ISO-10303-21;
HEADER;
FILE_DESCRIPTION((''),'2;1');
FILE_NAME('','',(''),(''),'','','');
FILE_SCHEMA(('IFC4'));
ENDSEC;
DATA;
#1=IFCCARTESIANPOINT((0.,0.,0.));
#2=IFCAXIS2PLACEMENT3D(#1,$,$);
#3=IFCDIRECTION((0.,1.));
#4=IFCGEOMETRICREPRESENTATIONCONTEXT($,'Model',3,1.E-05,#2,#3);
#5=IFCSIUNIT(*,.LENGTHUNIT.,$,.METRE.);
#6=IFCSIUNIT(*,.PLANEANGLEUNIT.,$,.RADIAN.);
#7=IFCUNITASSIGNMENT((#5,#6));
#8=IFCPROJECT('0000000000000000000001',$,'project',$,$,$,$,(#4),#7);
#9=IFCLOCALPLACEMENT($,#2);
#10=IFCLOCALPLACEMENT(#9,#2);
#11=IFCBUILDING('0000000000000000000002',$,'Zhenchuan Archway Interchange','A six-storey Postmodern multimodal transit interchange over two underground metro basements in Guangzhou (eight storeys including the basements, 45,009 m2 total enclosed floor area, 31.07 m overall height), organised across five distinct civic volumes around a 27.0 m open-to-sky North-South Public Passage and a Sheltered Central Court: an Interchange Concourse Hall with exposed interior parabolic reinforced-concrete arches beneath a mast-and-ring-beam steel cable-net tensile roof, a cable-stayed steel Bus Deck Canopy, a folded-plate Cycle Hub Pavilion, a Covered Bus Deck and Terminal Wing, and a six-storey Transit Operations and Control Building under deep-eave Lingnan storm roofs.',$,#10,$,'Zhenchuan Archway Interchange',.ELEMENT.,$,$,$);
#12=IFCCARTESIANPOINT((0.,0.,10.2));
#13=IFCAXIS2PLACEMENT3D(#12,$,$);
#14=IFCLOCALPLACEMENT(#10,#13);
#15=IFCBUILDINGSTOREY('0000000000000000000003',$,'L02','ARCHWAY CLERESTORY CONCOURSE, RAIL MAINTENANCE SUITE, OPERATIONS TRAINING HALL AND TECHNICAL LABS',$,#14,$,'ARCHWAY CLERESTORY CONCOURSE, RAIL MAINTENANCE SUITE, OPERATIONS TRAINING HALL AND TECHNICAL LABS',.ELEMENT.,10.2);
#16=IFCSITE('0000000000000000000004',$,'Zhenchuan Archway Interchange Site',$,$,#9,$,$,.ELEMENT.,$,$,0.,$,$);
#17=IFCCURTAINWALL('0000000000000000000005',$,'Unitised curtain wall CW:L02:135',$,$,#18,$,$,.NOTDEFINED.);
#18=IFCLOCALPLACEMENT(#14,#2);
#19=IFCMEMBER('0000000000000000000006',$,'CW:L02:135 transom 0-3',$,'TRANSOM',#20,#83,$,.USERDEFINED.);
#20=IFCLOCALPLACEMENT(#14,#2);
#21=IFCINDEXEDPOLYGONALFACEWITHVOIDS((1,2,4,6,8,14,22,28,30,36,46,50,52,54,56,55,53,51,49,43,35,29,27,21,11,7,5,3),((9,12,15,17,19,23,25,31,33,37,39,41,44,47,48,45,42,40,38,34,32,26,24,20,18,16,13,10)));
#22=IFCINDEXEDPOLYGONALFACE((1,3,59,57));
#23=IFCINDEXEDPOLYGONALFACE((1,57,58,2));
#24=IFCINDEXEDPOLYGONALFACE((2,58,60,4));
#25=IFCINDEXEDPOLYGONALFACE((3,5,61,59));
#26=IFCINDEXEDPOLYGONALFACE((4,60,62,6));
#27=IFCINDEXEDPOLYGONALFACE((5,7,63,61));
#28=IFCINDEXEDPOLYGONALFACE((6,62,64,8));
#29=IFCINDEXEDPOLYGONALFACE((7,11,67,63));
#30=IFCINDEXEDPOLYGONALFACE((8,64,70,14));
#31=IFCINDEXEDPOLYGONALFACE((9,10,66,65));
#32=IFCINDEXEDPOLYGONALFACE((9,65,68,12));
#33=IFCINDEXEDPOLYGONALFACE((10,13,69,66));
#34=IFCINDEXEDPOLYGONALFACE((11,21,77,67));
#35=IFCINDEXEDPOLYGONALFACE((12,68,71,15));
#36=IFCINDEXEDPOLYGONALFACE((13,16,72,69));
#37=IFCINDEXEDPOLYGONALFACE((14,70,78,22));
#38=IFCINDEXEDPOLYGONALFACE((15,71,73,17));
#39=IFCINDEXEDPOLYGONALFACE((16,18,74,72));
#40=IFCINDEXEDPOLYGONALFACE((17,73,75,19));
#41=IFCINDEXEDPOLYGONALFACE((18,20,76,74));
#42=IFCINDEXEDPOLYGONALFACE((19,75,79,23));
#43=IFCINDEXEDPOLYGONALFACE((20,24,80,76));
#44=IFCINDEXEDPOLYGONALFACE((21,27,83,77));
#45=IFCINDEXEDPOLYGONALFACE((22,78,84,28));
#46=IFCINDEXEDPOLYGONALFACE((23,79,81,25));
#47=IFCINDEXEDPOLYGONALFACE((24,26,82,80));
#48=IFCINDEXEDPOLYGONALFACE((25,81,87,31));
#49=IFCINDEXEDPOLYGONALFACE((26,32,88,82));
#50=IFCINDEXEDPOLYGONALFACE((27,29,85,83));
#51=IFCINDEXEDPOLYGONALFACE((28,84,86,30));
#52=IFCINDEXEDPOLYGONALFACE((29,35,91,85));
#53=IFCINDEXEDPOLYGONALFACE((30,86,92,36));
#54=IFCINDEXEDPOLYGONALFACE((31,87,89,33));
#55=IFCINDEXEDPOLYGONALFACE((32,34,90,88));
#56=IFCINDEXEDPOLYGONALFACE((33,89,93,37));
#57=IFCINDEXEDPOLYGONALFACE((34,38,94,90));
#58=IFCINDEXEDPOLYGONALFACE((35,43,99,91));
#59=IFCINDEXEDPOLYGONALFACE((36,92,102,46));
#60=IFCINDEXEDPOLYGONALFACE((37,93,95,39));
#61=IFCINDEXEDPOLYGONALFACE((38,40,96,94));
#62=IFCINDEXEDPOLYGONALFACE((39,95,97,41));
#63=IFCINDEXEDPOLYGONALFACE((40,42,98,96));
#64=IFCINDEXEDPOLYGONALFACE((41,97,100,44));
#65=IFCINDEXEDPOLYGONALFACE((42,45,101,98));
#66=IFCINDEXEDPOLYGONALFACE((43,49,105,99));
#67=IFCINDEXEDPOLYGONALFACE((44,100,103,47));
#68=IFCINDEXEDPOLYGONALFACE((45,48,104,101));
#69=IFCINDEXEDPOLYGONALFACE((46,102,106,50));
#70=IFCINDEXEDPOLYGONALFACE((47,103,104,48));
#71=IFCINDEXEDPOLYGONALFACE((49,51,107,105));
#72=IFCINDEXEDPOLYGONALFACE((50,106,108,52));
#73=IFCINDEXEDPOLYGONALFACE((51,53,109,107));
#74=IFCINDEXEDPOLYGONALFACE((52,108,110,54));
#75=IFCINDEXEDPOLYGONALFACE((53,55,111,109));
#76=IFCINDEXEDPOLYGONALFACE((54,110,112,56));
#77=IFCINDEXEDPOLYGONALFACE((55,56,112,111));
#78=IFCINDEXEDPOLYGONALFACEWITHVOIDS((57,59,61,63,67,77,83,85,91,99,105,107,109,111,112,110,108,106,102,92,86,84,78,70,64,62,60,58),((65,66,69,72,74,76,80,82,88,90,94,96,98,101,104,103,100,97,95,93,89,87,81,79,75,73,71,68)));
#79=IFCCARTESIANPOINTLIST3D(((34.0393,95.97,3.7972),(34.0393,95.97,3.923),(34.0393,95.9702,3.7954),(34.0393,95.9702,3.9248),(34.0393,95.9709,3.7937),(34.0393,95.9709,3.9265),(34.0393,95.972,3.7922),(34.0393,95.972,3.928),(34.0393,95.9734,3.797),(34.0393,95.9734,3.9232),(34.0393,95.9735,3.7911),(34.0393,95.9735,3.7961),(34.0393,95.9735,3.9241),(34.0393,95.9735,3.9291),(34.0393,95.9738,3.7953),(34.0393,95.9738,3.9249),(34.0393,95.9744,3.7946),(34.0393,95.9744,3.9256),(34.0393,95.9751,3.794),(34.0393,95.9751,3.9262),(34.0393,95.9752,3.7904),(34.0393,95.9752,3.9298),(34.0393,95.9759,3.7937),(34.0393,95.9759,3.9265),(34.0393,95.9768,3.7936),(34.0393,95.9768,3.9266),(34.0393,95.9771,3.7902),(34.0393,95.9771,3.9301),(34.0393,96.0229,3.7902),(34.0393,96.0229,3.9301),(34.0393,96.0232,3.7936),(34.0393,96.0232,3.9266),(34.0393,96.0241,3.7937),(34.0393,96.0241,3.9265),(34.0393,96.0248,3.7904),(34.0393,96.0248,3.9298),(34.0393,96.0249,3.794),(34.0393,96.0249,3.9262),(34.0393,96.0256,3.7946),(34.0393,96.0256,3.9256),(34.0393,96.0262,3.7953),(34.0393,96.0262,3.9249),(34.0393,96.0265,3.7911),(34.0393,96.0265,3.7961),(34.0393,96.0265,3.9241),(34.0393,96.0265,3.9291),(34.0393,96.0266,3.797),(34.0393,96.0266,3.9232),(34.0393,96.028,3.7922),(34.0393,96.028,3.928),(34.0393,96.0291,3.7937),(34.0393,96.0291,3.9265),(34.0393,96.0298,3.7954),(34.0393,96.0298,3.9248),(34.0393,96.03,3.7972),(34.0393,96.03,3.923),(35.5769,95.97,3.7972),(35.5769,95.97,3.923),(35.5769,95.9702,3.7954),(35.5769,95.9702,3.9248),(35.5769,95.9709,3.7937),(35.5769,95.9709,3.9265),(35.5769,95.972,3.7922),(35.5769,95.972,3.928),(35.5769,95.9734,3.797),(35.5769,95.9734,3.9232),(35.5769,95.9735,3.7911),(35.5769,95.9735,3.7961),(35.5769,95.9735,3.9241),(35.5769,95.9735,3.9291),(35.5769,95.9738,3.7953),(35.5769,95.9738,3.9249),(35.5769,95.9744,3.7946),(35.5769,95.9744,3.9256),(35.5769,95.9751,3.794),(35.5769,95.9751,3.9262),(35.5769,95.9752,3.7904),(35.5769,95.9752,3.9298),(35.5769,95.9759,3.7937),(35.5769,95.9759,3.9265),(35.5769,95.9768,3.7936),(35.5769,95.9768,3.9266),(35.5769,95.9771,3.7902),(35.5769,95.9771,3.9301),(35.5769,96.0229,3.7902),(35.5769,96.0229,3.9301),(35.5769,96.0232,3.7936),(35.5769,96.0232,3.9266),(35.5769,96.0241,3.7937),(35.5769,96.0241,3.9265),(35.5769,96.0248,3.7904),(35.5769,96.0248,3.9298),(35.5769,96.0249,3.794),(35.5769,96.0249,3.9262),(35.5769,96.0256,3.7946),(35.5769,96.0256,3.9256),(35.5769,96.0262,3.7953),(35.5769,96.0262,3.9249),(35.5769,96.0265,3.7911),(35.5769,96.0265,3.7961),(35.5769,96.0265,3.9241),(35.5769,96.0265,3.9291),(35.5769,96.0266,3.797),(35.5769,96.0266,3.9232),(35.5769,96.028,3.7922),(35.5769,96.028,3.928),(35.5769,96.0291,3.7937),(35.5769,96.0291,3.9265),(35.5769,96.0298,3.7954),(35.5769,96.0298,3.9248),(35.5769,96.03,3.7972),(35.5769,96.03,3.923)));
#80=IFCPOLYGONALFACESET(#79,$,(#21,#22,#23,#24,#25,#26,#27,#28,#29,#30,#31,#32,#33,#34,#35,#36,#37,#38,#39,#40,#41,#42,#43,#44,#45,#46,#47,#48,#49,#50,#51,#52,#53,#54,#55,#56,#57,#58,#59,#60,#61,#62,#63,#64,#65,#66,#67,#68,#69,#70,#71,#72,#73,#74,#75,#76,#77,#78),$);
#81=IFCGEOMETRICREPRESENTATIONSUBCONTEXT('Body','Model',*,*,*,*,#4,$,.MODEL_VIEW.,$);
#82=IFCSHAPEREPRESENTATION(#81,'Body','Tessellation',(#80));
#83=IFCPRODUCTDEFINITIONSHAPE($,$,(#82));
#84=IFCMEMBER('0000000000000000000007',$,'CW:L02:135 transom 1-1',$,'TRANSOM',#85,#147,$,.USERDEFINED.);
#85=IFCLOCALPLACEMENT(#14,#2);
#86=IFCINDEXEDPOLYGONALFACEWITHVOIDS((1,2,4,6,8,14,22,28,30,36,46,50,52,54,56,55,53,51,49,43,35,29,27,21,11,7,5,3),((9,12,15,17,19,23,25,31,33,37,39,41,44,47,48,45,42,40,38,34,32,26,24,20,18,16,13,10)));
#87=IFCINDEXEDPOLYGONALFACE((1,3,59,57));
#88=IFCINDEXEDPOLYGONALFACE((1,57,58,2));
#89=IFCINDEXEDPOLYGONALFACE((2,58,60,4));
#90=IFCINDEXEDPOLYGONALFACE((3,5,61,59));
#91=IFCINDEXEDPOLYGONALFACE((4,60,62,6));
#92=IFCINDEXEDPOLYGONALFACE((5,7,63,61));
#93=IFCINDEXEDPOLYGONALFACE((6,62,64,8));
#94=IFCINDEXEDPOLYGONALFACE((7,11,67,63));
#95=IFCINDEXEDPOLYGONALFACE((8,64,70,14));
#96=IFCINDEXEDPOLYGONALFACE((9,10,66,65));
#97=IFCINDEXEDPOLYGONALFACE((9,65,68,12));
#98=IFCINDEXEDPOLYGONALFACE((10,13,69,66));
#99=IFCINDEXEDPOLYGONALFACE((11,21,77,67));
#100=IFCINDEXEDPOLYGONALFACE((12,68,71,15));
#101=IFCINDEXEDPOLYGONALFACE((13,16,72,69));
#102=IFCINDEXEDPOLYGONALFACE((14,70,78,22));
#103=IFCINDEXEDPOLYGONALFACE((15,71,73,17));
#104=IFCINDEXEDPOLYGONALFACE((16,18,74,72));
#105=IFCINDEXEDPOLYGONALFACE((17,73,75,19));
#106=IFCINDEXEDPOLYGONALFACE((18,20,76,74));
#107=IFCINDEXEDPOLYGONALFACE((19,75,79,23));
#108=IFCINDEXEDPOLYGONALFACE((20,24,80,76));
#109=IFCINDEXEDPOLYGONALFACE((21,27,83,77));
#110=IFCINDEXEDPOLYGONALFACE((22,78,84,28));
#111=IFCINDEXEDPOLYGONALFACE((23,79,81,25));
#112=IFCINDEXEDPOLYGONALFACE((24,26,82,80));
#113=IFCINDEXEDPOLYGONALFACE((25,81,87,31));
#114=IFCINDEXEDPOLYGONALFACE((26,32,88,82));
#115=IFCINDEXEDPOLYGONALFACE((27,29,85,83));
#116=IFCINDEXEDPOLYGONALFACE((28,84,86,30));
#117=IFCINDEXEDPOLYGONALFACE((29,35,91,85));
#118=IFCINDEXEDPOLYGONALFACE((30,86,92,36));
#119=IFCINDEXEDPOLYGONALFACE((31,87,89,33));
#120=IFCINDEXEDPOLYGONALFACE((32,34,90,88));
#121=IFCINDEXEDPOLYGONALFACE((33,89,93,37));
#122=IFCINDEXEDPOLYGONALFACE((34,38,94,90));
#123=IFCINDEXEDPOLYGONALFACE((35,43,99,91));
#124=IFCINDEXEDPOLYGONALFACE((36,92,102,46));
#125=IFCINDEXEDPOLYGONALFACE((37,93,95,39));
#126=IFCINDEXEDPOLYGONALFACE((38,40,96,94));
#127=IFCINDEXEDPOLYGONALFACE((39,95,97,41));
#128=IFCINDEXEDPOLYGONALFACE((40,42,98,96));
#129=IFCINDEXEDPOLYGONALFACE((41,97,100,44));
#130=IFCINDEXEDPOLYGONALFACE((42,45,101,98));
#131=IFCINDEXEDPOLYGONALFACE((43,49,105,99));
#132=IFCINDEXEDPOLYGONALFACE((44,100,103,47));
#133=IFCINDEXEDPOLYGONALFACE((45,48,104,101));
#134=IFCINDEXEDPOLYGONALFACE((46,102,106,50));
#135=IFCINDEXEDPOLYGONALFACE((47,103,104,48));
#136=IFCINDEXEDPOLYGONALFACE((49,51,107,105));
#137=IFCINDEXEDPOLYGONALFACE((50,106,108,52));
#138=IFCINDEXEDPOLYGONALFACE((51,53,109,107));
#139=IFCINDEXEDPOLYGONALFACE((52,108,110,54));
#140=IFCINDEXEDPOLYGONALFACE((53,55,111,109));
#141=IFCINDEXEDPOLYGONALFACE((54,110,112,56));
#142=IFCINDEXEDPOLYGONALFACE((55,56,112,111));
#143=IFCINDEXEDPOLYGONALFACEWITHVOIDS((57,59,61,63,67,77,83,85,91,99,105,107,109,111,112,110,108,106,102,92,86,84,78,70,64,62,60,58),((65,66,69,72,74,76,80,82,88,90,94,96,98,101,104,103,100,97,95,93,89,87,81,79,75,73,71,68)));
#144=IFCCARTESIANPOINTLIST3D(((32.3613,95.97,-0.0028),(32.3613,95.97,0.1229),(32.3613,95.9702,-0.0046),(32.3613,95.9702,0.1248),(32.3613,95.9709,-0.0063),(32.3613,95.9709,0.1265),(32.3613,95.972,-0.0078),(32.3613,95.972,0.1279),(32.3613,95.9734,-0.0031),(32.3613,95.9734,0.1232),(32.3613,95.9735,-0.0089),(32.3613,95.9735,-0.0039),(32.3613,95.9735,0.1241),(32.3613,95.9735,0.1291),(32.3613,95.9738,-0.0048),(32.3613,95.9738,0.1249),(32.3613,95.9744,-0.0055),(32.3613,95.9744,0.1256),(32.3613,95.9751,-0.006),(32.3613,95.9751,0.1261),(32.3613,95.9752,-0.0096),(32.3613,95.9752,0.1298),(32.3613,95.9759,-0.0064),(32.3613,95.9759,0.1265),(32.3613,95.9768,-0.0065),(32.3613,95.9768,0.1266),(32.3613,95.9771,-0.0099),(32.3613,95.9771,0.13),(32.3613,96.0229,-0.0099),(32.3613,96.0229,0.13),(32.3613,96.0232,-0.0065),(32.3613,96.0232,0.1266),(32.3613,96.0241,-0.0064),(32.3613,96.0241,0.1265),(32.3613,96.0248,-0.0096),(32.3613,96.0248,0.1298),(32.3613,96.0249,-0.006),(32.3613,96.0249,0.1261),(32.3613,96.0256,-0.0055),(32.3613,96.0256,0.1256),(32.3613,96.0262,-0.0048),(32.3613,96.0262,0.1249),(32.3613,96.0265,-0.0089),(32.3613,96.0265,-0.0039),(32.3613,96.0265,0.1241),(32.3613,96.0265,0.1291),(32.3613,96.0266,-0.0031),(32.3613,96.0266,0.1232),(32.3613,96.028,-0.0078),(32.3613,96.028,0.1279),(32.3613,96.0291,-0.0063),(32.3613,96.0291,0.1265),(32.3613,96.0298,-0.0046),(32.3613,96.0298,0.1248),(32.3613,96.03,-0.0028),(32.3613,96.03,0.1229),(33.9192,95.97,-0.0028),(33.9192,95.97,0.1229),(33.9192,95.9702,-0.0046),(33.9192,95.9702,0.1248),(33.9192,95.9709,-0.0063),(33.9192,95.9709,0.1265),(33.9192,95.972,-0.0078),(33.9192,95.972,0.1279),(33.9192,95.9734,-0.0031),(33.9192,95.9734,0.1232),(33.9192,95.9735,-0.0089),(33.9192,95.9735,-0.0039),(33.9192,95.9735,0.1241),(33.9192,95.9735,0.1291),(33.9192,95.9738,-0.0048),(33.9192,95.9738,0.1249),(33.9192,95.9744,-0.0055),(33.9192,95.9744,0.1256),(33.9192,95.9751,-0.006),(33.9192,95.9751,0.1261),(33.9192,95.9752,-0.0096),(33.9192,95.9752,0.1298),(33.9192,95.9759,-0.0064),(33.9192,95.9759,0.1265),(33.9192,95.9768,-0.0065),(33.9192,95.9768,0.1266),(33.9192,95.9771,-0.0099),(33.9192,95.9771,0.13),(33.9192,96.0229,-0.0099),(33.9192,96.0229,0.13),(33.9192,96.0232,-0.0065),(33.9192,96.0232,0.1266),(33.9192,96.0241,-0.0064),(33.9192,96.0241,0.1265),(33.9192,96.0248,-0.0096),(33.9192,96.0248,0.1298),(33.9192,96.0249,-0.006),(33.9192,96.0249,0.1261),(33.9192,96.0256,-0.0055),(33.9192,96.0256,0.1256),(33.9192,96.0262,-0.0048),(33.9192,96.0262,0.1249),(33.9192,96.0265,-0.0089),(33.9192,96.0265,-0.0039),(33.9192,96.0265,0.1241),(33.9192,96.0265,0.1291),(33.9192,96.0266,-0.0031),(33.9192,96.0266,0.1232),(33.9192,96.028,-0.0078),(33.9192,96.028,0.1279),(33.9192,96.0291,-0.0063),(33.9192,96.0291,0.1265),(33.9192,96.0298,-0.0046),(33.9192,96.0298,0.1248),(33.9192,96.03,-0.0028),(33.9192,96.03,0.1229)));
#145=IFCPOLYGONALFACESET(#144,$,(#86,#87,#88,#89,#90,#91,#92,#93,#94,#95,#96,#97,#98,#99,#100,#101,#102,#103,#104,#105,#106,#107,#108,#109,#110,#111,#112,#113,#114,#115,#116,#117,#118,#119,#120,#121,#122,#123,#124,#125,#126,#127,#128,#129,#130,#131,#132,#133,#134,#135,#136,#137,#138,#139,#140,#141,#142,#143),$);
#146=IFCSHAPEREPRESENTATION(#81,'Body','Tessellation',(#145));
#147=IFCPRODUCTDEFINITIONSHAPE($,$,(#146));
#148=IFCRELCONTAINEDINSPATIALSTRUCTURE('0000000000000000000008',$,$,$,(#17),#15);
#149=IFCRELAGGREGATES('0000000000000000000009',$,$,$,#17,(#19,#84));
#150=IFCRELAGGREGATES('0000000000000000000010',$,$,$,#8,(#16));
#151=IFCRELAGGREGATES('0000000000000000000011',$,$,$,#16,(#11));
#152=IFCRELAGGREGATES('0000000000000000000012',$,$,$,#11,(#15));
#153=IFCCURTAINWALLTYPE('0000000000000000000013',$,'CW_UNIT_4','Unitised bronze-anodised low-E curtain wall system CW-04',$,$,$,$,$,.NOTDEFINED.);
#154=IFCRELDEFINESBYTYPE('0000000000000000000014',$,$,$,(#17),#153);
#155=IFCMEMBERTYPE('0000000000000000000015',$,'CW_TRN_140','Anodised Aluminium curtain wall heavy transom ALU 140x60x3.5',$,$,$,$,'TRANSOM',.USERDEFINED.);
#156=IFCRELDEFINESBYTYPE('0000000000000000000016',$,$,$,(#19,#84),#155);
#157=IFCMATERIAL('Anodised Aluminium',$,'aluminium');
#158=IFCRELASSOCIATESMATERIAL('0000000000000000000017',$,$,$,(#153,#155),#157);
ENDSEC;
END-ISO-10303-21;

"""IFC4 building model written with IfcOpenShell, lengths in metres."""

from ifc_helpers import new_model, si_unit, direction, frame, origin, origin_2d, place, context, subcontext, project, spatial, hollow_rectangle, extrude, material, material_profile, profile_set, type_object, element, aggregate, save


model = new_model("IFC4")

# Units and contexts
model_context = context("Model", 3, precision=1e-05, world=origin(), true_north=direction((0.0, 1.0)))
body_context = subcontext(model_context, "Body", "Model", "MODEL_VIEW")
ifc_project = project(units=[si_unit("LENGTHUNIT", "METRE"), si_unit("PLANEANGLEUNIT", "RADIAN")], contexts=[model_context])

# Site, building, storey
site_placement = place(None, origin())
site = spatial("IfcSite", under=ifc_project, at=site_placement, Name="Zhenchuan Archway Interchange Site", CompositionType="ELEMENT", RefElevation=0.0)
building_placement = place(site_placement, origin())
building = spatial("IfcBuilding", under=site, at=building_placement, Name="Zhenchuan Archway Interchange", Description="A six-storey Postmodern multimodal transit interchange over two underground metro basements in Guangzhou (eight storeys including the basements, 45,009 m2 total enclosed floor area, 31.07 m overall height), organised across five distinct civic volumes around a 27.0 m open-to-sky North-South Public Passage and a Sheltered Central Court: an Interchange Concourse Hall with exposed interior parabolic reinforced-concrete arches beneath a mast-and-ring-beam steel cable-net tensile roof, a cable-stayed steel Bus Deck Canopy, a folded-plate Cycle Hub Pavilion, a Covered Bus Deck and Terminal Wing, and a six-storey Transit Operations and Control Building under deep-eave Lingnan storm roofs.", LongName="Zhenchuan Archway Interchange", CompositionType="ELEMENT")
storey_placement = place(building_placement, frame((0.0, 0.0, 10.2)))
storey = spatial("IfcBuildingStorey", under=building, at=storey_placement, Name="L02", Description="ARCHWAY CLERESTORY CONCOURSE, RAIL MAINTENANCE SUITE, OPERATIONS TRAINING HALL AND TECHNICAL LABS", LongName="ARCHWAY CLERESTORY CONCOURSE, RAIL MAINTENANCE SUITE, OPERATIONS TRAINING HALL AND TECHNICAL LABS", CompositionType="ELEMENT", Elevation=10.2)

# Curtain wall, members
ifc_material_1 = material(Name="Anodised Aluminium", Category="aluminium")
curtain_wall_type = type_object("IfcCurtainWallType", Name="CW_UNIT_4", Description="Unitised bronze-anodised low-E curtain wall system CW-04", PredefinedType="NOTDEFINED", material=ifc_material_1)
curtain_wall_placement = place(storey_placement, origin())
curtain_wall = element("IfcCurtainWall", 1, at=curtain_wall_placement, inside=storey, type_object=curtain_wall_type, Name="Unitised curtain wall CW:L02:135", PredefinedType="NOTDEFINED")
ifc_material_profile_1 = material_profile(ifc_material_1, hollow_rectangle(XDim=0.0601, YDim=0.1399, WallThickness=0.0034, InnerFilletRadius=0.0034, OuterFilletRadius=0.0071, at=origin_2d()), Name="ALU 140x60x3.5")
ifc_profile_set_1 = profile_set([ifc_material_profile_1], Name="Anodised Aluminium")
member_type_1 = type_object("IfcMemberType", Name="CW_TRN_140", Description="Anodised Aluminium curtain wall heavy transom ALU 140x60x3.5", ElementType="TRANSOM", PredefinedType="USERDEFINED", material=ifc_profile_set_1)
member_1_placement = place(storey_placement, frame((35.5769, 96.0, 3.8601), z_axis=(-1.0, 0.0, 0.0), x_axis=(0.0, -1.0, 0.0)))
member_1 = element("IfcMember", 2, at=member_1_placement, type_object=member_type_1, Name="CW:L02:135 transom 0-3", ObjectType="TRANSOM", PredefinedType="USERDEFINED", context=body_context, shape_type="SweptSolid", body=[
    extrude(hollow_rectangle(XDim=0.0601, YDim=0.1399, WallThickness=0.0034, InnerFilletRadius=0.0034, OuterFilletRadius=0.0071, at=origin_2d()), origin(), (0.0, 0.0, 1.0), 1.5376),
])
member_2_placement = place(storey_placement, frame((33.9192, 96.0, 0.0601), z_axis=(-1.0, 0.0, 0.0), x_axis=(0.0, -1.0, 0.0)))
member_2 = element("IfcMember", 3, at=member_2_placement, type_object=member_type_1, Name="CW:L02:135 transom 1-1", ObjectType="TRANSOM", PredefinedType="USERDEFINED", context=body_context, shape_type="SweptSolid", body=[
    extrude(hollow_rectangle(XDim=0.0601, YDim=0.1399, WallThickness=0.0034, InnerFilletRadius=0.0034, OuterFilletRadius=0.0071, at=origin_2d()), origin(), (0.0, 0.0, 1.0), 1.5579),
])
aggregate(curtain_wall, [member_1, member_2])

save(model, "model.ifc")
